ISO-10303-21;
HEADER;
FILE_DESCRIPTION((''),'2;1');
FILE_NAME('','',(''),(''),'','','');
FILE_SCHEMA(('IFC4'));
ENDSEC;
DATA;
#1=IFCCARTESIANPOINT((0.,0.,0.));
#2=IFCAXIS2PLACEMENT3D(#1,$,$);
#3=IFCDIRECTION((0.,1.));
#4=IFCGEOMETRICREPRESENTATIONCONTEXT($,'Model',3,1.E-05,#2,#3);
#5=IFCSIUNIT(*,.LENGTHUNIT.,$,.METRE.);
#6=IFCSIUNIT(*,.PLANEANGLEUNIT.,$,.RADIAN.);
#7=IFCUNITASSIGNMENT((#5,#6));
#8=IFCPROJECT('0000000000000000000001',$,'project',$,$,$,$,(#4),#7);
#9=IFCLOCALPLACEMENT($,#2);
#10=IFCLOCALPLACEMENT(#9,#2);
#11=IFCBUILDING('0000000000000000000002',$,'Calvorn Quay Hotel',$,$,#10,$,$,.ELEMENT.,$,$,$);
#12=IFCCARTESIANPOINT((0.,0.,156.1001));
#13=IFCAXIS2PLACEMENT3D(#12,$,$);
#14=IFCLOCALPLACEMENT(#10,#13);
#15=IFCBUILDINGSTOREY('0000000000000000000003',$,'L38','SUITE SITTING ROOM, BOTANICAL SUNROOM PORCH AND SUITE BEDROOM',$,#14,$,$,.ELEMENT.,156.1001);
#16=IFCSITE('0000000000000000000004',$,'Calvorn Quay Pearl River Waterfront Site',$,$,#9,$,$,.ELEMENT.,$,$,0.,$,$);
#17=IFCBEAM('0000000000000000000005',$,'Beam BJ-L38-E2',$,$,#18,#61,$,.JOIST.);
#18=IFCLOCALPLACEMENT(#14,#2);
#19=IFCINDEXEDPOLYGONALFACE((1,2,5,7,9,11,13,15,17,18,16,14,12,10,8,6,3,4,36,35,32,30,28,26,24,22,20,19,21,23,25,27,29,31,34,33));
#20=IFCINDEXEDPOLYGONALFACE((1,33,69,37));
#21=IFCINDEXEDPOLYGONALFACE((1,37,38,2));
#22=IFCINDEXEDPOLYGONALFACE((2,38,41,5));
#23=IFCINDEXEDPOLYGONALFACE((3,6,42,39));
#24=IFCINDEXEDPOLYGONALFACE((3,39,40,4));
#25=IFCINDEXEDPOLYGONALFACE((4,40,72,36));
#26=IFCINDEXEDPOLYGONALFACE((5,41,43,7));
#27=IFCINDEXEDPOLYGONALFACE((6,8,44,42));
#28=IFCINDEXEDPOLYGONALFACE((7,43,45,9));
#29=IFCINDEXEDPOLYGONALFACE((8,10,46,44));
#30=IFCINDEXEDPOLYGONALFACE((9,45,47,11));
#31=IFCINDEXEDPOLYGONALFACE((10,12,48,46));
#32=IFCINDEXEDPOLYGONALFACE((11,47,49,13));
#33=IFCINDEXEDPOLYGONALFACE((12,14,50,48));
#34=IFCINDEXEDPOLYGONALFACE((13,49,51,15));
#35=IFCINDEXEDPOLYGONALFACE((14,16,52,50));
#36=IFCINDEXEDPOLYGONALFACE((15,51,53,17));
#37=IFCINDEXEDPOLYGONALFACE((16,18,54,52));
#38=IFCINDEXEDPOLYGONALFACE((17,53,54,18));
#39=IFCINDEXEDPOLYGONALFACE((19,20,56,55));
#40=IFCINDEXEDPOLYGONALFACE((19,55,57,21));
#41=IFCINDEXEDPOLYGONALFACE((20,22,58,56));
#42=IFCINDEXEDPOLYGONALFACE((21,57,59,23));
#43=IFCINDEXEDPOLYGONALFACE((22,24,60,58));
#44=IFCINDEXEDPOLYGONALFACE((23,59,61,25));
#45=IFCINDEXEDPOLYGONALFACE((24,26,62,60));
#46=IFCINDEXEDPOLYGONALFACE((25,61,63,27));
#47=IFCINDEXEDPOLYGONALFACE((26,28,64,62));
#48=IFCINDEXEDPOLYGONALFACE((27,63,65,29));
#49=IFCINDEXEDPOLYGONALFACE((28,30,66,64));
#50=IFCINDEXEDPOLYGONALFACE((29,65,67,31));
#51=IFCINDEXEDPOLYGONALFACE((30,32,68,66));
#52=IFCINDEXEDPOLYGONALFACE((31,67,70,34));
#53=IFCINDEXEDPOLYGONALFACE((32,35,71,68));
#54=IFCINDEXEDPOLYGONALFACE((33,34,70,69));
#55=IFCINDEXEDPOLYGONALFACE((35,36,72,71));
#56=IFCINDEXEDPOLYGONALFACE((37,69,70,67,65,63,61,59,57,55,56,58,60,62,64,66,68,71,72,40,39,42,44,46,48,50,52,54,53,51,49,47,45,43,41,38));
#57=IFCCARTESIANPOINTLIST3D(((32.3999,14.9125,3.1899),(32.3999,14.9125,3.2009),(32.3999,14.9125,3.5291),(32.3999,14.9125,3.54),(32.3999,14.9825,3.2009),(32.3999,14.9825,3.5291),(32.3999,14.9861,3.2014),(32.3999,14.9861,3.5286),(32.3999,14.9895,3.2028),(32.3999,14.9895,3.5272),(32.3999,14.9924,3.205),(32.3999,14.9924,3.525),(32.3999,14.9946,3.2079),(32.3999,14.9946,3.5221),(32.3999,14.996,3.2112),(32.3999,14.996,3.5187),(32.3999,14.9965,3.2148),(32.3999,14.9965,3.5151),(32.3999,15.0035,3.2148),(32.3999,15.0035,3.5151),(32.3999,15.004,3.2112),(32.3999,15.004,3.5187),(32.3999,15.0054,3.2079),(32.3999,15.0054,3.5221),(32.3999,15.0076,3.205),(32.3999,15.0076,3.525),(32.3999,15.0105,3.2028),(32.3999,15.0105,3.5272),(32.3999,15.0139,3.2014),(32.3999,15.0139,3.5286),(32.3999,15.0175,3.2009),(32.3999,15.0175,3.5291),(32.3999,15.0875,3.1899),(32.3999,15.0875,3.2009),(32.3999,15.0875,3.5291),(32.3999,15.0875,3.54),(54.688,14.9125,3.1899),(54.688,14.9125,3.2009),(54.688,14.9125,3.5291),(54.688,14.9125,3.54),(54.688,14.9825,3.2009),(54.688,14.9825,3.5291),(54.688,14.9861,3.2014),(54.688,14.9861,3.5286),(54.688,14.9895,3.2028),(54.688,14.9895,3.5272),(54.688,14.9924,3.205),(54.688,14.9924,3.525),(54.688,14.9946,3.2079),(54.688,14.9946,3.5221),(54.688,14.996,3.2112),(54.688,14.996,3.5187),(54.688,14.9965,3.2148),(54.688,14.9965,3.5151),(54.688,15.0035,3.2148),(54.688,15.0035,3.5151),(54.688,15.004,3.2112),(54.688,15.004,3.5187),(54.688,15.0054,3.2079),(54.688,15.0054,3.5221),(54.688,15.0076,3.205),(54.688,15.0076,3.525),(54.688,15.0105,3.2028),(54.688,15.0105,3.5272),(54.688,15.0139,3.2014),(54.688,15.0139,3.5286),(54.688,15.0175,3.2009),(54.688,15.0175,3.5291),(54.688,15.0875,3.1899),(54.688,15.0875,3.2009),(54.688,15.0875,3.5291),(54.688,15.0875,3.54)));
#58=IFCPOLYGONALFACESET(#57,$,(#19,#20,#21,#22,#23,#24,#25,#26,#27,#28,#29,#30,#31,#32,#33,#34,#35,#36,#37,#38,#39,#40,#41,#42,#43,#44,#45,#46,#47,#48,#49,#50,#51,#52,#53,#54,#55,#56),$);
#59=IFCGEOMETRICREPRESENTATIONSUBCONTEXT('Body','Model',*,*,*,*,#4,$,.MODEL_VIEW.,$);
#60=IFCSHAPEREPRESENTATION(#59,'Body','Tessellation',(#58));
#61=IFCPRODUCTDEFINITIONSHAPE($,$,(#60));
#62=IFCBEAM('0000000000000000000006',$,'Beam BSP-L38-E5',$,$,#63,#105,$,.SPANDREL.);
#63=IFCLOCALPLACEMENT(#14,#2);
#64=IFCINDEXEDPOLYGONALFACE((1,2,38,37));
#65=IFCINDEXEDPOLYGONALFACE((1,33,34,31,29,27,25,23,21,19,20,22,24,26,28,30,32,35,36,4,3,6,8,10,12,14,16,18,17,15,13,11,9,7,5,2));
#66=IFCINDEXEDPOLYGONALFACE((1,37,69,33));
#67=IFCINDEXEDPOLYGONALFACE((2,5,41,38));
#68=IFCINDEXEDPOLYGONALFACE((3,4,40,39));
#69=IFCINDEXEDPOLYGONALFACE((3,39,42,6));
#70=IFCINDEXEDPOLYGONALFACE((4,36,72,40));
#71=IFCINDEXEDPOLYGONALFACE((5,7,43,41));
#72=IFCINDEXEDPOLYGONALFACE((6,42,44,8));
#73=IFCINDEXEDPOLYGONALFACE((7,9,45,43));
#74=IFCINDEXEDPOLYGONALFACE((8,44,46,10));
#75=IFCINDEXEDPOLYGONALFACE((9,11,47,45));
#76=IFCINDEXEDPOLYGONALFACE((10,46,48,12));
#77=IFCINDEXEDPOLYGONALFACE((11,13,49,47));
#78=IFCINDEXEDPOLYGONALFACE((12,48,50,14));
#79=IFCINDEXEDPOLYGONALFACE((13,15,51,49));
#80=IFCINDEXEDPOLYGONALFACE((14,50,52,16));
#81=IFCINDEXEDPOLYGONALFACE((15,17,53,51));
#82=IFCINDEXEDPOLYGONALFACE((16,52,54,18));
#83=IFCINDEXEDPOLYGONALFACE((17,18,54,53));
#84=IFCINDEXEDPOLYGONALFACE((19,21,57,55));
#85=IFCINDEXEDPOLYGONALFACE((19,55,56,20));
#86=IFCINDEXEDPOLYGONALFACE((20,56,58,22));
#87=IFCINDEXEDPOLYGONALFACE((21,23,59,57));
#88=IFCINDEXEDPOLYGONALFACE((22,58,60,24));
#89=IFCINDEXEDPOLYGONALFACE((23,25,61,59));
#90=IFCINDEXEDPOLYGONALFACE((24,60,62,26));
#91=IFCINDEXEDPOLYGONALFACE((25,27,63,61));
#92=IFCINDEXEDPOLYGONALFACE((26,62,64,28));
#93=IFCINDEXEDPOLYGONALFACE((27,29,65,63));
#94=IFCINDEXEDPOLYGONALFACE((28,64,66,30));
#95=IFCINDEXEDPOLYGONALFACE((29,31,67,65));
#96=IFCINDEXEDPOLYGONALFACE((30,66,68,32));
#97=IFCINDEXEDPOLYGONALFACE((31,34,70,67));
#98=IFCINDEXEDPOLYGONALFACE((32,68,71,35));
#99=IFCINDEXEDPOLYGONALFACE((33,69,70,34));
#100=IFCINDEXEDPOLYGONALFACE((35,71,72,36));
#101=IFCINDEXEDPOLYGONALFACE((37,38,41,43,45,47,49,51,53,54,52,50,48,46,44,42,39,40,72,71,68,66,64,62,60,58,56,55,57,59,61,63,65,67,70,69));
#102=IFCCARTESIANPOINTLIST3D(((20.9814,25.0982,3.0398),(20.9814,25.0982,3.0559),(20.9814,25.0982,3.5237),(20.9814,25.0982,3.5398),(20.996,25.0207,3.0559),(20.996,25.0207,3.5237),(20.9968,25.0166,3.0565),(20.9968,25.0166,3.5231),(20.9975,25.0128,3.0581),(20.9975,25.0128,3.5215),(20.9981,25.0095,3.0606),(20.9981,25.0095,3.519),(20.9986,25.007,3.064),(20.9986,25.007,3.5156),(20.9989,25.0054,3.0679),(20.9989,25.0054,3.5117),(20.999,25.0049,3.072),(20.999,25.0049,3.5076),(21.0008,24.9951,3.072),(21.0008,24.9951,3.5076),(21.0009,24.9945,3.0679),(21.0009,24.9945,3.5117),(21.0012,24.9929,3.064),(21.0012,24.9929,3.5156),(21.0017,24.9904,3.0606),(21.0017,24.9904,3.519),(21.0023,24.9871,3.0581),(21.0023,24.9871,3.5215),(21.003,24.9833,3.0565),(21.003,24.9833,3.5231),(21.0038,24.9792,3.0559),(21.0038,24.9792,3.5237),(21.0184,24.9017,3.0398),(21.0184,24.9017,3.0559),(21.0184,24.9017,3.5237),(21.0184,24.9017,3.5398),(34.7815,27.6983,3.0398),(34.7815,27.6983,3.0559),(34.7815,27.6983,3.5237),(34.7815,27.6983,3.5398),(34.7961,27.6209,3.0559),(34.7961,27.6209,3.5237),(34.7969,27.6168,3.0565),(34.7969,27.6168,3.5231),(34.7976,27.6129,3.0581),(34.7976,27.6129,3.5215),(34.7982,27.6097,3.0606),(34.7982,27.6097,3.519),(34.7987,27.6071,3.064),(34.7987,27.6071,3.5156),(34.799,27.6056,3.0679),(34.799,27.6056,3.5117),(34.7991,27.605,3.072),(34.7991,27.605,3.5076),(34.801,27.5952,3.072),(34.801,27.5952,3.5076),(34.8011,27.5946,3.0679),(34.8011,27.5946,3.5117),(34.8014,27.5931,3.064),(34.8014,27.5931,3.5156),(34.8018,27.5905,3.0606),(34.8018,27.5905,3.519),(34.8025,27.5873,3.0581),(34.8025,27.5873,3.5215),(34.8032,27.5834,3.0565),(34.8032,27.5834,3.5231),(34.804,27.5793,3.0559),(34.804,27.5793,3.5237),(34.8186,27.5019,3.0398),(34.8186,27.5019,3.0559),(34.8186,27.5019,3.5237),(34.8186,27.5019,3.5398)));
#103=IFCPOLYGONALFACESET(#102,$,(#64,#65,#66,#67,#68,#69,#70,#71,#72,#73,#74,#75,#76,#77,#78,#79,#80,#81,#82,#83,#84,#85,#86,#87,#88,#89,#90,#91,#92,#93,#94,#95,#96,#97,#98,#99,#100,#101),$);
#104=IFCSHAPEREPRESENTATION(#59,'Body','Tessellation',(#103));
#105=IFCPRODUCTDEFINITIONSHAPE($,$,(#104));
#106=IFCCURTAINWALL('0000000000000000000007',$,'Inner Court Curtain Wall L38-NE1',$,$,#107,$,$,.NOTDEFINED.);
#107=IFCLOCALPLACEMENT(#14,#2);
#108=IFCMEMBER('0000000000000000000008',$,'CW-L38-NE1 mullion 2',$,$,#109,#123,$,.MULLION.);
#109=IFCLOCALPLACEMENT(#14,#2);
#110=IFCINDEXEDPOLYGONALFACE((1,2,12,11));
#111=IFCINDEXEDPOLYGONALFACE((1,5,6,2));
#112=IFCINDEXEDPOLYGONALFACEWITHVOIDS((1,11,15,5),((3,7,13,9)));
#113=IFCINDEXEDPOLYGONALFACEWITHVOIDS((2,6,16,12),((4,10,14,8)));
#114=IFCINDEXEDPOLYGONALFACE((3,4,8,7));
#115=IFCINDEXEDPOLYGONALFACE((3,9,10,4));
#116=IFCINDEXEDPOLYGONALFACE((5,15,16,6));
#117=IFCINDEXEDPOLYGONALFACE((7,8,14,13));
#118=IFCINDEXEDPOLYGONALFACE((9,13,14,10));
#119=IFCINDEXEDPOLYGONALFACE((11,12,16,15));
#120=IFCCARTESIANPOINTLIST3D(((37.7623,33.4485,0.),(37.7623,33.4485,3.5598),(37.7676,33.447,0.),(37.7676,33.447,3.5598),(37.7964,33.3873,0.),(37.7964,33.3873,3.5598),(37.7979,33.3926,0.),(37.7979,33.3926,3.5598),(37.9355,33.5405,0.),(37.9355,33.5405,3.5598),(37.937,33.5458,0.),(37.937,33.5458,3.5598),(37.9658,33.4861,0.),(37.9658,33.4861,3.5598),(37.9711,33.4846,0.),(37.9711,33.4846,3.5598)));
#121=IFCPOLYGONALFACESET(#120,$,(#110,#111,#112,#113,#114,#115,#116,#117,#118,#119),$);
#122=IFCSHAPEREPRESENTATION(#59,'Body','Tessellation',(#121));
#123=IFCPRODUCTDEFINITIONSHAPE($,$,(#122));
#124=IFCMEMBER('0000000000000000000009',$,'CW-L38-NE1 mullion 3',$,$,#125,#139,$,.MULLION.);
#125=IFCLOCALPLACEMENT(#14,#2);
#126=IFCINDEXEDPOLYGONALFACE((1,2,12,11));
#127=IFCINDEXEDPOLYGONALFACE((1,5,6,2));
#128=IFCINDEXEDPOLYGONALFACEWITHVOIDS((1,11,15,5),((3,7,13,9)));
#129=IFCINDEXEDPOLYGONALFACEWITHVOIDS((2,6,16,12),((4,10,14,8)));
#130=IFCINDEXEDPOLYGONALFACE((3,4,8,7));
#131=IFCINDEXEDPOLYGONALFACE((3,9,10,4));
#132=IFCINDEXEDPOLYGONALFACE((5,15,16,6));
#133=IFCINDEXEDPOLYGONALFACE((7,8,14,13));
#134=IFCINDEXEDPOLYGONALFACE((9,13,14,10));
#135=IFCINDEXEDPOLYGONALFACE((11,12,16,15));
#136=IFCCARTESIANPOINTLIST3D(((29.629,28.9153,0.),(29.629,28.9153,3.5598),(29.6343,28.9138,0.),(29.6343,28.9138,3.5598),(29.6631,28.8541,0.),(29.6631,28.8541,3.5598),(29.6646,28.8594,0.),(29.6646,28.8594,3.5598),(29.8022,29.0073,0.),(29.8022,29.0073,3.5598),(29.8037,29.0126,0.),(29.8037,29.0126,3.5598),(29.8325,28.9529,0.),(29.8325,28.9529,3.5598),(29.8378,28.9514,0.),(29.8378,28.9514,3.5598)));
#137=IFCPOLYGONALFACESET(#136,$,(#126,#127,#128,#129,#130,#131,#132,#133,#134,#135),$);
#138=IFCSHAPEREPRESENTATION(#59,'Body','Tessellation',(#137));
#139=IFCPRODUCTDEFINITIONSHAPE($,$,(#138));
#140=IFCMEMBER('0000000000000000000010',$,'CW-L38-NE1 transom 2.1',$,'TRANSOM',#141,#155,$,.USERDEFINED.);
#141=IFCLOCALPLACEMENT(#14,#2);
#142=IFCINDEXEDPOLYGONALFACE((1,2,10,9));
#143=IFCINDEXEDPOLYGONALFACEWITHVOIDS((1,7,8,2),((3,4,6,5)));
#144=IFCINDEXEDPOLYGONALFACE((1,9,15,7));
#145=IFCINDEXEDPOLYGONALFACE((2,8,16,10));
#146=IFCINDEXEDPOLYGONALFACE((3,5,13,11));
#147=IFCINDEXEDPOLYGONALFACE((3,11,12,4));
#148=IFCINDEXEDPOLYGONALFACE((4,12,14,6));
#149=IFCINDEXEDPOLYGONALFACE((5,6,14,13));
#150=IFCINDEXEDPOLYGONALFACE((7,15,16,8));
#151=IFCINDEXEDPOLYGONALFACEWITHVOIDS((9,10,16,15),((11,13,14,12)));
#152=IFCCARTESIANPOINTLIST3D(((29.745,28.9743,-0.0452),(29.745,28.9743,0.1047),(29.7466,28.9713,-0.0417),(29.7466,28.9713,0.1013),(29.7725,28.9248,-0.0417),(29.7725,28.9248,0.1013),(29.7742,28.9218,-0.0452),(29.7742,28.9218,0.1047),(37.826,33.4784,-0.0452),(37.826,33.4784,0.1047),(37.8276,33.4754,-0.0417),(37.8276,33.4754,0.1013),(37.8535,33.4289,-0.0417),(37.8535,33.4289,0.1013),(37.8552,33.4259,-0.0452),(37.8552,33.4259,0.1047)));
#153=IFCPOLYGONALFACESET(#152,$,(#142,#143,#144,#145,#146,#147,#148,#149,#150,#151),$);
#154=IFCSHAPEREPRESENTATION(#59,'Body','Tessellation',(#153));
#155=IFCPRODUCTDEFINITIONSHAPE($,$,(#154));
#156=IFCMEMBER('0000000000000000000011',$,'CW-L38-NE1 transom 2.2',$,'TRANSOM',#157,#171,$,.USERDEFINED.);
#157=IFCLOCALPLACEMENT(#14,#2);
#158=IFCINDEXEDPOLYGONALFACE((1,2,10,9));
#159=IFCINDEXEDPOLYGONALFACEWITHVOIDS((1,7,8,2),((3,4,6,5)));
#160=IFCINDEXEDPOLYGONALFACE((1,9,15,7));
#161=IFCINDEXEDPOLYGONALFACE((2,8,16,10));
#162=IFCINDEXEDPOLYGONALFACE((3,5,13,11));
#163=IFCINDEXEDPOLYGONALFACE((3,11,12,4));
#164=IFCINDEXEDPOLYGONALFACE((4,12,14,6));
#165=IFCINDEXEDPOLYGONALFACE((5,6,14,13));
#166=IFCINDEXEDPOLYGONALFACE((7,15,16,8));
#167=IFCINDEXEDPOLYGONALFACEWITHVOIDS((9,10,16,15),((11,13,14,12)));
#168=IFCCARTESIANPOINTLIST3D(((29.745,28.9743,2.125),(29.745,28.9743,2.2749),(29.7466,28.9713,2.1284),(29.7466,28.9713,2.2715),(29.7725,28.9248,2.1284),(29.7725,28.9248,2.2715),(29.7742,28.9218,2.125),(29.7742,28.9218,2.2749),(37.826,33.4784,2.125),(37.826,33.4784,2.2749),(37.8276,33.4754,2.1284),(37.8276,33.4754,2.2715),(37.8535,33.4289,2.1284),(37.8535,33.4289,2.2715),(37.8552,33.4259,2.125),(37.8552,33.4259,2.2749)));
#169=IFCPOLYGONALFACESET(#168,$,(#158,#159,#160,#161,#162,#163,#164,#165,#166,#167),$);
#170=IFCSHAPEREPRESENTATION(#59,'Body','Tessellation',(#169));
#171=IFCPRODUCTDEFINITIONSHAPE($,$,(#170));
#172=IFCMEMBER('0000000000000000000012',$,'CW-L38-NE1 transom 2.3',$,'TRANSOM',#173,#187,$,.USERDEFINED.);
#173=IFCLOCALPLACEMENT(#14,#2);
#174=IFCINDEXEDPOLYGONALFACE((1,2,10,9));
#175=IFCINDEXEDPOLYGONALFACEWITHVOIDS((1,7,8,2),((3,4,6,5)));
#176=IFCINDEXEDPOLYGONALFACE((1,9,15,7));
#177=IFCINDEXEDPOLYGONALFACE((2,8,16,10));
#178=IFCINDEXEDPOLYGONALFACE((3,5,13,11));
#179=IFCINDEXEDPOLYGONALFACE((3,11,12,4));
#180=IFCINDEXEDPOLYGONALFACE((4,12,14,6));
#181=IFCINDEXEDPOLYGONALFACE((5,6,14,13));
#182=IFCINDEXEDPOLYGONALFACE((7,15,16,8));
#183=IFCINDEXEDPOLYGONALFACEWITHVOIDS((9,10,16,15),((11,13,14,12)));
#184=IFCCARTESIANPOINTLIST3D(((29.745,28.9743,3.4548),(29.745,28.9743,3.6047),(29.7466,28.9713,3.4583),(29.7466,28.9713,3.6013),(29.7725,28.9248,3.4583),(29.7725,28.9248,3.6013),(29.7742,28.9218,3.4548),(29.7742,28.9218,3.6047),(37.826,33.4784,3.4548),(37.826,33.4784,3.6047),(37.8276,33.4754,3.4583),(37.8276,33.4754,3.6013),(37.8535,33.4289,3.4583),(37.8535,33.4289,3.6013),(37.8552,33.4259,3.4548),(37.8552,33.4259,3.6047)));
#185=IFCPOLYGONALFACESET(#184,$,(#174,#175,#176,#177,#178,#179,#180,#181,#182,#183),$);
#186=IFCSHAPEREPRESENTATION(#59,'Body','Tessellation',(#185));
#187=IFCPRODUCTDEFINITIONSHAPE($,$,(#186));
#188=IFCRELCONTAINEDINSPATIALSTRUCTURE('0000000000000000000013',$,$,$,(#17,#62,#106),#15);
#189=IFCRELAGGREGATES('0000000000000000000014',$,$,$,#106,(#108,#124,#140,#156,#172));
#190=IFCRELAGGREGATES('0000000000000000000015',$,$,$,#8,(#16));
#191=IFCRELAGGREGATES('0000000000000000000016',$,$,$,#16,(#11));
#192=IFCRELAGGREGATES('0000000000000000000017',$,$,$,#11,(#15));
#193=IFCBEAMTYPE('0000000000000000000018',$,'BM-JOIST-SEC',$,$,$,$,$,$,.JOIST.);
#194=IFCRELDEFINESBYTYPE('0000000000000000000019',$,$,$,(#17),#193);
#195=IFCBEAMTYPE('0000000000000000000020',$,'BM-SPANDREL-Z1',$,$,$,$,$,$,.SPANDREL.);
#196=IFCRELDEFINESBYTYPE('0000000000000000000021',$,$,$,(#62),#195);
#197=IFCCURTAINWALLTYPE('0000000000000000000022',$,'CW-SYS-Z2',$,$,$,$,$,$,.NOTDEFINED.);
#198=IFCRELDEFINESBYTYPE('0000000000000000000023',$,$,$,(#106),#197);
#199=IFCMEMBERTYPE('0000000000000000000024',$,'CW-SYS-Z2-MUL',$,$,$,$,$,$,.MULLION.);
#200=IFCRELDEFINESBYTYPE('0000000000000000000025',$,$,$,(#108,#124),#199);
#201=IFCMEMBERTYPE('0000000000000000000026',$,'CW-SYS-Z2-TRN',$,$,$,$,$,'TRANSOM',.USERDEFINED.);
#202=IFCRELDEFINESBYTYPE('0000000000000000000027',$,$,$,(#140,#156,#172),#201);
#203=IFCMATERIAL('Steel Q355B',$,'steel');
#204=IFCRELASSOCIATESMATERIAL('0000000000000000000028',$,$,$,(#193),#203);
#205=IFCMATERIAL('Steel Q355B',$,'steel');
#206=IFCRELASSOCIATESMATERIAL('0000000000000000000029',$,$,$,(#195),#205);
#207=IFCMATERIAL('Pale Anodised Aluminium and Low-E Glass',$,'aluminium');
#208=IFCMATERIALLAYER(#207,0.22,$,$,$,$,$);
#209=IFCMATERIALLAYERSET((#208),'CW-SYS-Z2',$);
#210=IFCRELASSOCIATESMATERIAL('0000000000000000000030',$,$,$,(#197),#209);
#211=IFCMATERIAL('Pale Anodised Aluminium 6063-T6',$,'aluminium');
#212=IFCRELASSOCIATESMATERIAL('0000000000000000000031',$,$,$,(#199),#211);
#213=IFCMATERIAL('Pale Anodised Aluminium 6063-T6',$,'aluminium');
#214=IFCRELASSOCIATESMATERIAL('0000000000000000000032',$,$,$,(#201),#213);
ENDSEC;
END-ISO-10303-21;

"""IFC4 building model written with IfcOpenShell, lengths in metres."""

from ifc_helpers import new_model, si_unit, direction, frame, origin, origin_2d, place, context, subcontext, project, spatial, hollow_rectangle, i_section, extrude, material, layer, layer_set, material_profile, profile_set, type_object, element, aggregate, save


model = new_model("IFC4")

# Units and contexts
model_context = context("Model", 3, precision=1e-05, world=origin(), true_north=direction((0.0, 1.0)))
body_context = subcontext(model_context, "Body", "Model", "MODEL_VIEW")
ifc_project = project(units=[si_unit("LENGTHUNIT", "METRE"), si_unit("PLANEANGLEUNIT", "RADIAN")], contexts=[model_context])

# Site, building, storey
site_placement = place(None, origin())
site = spatial("IfcSite", under=ifc_project, at=site_placement, Name="Calvorn Quay Pearl River Waterfront Site", CompositionType="ELEMENT", RefElevation=0.0)
building_placement = place(site_placement, origin())
building = spatial("IfcBuilding", under=site, at=building_placement, Name="Calvorn Quay Hotel", CompositionType="ELEMENT")
storey_placement = place(building_placement, frame((0.0, 0.0, 156.1001)))
storey = spatial("IfcBuildingStorey", under=building, at=storey_placement, Name="L38", Description="SUITE SITTING ROOM, BOTANICAL SUNROOM PORCH AND SUITE BEDROOM", CompositionType="ELEMENT", Elevation=156.1001)

# Beams
ifc_material_1 = material(Name="Steel Q355B", Category="steel")
ifc_material_profile_1 = material_profile(ifc_material_1, i_section(OverallWidth=0.175, OverallDepth=0.3501, WebThickness=0.0071, FlangeThickness=0.011, FilletRadius=0.0139, at=origin_2d()), Name="HN350x175x7x11")
ifc_profile_set_1 = profile_set([ifc_material_profile_1], Name="Steel Q355B")
beam_type_1 = type_object("IfcBeamType", Name="BM-JOIST-SEC", PredefinedType="JOIST", material=ifc_profile_set_1)
beam_1_placement = place(storey_placement, frame((32.3999, 15.0, 3.365), z_axis=(1.0, 0.0, 0.0), x_axis=(0.0, 1.0, 0.0)))
element("IfcBeam", 1, at=beam_1_placement, inside=storey, type_object=beam_type_1, Name="Beam BJ-L38-E2", PredefinedType="JOIST", context=body_context, shape_type="SweptSolid", body=[
    extrude(i_section(OverallWidth=0.175, OverallDepth=0.3501, WebThickness=0.0071, FlangeThickness=0.011, FilletRadius=0.0139, at=origin_2d()), origin(), (0.0, 0.0, 1.0), 22.2881),
])
ifc_material_2 = material(Name="Steel Q355B", Category="steel")
ifc_material_profile_2 = material_profile(ifc_material_2, i_section(OverallWidth=0.2, OverallDepth=0.5, WebThickness=0.01, FlangeThickness=0.0161, FilletRadius=0.0161, at=origin_2d()), Name="HN500x200x10x16")
ifc_profile_set_2 = profile_set([ifc_material_profile_2], Name="Steel Q355B")
beam_type_2 = type_object("IfcBeamType", Name="BM-SPANDREL-Z1", PredefinedType="SPANDREL", material=ifc_profile_set_2)
beam_2_placement = place(storey_placement, frame((34.8, 27.6001, 3.2898), z_axis=(-0.982709, -0.185154, 0.0), x_axis=(0.185154, -0.982709, 0.0)))
element("IfcBeam", 2, at=beam_2_placement, inside=storey, type_object=beam_type_2, Name="Beam BSP-L38-E5", PredefinedType="SPANDREL", context=body_context, shape_type="SweptSolid", body=[
    extrude(i_section(OverallWidth=0.2, OverallDepth=0.5, WebThickness=0.01, FlangeThickness=0.0161, FilletRadius=0.0161, at=origin_2d()), origin(), (0.0, 0.0, 1.0), 14.043),
])

# Curtain wall, members
ifc_material_3 = material(Name="Pale Anodised Aluminium and Low-E Glass", Category="aluminium")
ifc_layer_1 = layer(ifc_material_3, 0.22)
ifc_layer_set_1 = layer_set([ifc_layer_1], Name="CW-SYS-Z2")
curtain_wall_type = type_object("IfcCurtainWallType", Name="CW-SYS-Z2", PredefinedType="NOTDEFINED", material=ifc_layer_set_1)
curtain_wall_placement = place(storey_placement, origin())
curtain_wall = element("IfcCurtainWall", 3, at=curtain_wall_placement, inside=storey, type_object=curtain_wall_type, Name="Inner Court Curtain Wall L38-NE1", PredefinedType="NOTDEFINED")
ifc_material_4 = material(Name="Pale Anodised Aluminium 6063-T6", Category="aluminium")
ifc_material_profile_3 = material_profile(ifc_material_4, hollow_rectangle(XDim=0.0701, YDim=0.2, WallThickness=0.0039, at=origin_2d()), Name="ALU-M200x70x4")
ifc_profile_set_3 = profile_set([ifc_material_profile_3], Name="Pale Anodised Aluminium 6063-T6")
member_type_1 = type_object("IfcMemberType", Name="CW-SYS-Z2-MUL", PredefinedType="MULLION", material=ifc_profile_set_3)
member_1_placement = place(storey_placement, frame((37.8667, 33.4666, 0.0), z_axis=(0.0, 0.0, 1.0), x_axis=(0.486858, -0.873481, 0.0)))
member_1 = element("IfcMember", 4, at=member_1_placement, type_object=member_type_1, Name="CW-L38-NE1 mullion 2", PredefinedType="MULLION", context=body_context, shape_type="SweptSolid", body=[
    extrude(hollow_rectangle(XDim=0.0701, YDim=0.2, WallThickness=0.0039, at=origin_2d()), origin(), (0.0, 0.0, 1.0), 3.5598),
])
member_2_placement = place(storey_placement, frame((29.7334, 28.9333, 0.0), z_axis=(0.0, 0.0, 1.0), x_axis=(0.486858, -0.873481, 0.0)))
member_2 = element("IfcMember", 5, at=member_2_placement, type_object=member_type_1, Name="CW-L38-NE1 mullion 3", PredefinedType="MULLION", context=body_context, shape_type="SweptSolid", body=[
    extrude(hollow_rectangle(XDim=0.0701, YDim=0.2, WallThickness=0.0039, at=origin_2d()), origin(), (0.0, 0.0, 1.0), 3.5598),
])
ifc_material_5 = material(Name="Pale Anodised Aluminium 6063-T6", Category="aluminium")
ifc_material_profile_4 = material_profile(ifc_material_5, hollow_rectangle(XDim=0.0601, YDim=0.1499, WallThickness=0.0034, at=origin_2d()), Name="ALU-T150x60x3.5")
ifc_profile_set_4 = profile_set([ifc_material_profile_4], Name="Pale Anodised Aluminium 6063-T6")
member_type_2 = type_object("IfcMemberType", Name="CW-SYS-Z2-TRN", ElementType="TRANSOM", PredefinedType="USERDEFINED", material=ifc_profile_set_4)
member_3_placement = place(storey_placement, frame((37.8406, 33.4521, 0.0298), z_axis=(-0.873483, -0.486855, 0.0), x_axis=(0.486855, -0.873483, 0.0)))
member_3 = element("IfcMember", 6, at=member_3_placement, type_object=member_type_2, Name="CW-L38-NE1 transom 2.1", ObjectType="TRANSOM", PredefinedType="USERDEFINED", context=body_context, shape_type="SweptSolid", body=[
    extrude(hollow_rectangle(XDim=0.0601, YDim=0.1499, WallThickness=0.0034, at=origin_2d()), origin(), (0.0, 0.0, 1.0), 9.2515),
])
member_4_placement = place(storey_placement, frame((37.8406, 33.4521, 2.2), z_axis=(-0.873483, -0.486855, 0.0), x_axis=(0.486855, -0.873483, 0.0)))
member_4 = element("IfcMember", 7, at=member_4_placement, type_object=member_type_2, Name="CW-L38-NE1 transom 2.2", ObjectType="TRANSOM", PredefinedType="USERDEFINED", context=body_context, shape_type="SweptSolid", body=[
    extrude(hollow_rectangle(XDim=0.0601, YDim=0.1499, WallThickness=0.0034, at=origin_2d()), origin(), (0.0, 0.0, 1.0), 9.2515),
])
member_5_placement = place(storey_placement, frame((37.8406, 33.4521, 3.5298), z_axis=(-0.873483, -0.486855, 0.0), x_axis=(0.486855, -0.873483, 0.0)))
member_5 = element("IfcMember", 8, at=member_5_placement, type_object=member_type_2, Name="CW-L38-NE1 transom 2.3", ObjectType="TRANSOM", PredefinedType="USERDEFINED", context=body_context, shape_type="SweptSolid", body=[
    extrude(hollow_rectangle(XDim=0.0601, YDim=0.1499, WallThickness=0.0034, at=origin_2d()), origin(), (0.0, 0.0, 1.0), 9.2515),
])
aggregate(curtain_wall, [member_1, member_2, member_3, member_4, member_5])

save(model, "model.ifc")
